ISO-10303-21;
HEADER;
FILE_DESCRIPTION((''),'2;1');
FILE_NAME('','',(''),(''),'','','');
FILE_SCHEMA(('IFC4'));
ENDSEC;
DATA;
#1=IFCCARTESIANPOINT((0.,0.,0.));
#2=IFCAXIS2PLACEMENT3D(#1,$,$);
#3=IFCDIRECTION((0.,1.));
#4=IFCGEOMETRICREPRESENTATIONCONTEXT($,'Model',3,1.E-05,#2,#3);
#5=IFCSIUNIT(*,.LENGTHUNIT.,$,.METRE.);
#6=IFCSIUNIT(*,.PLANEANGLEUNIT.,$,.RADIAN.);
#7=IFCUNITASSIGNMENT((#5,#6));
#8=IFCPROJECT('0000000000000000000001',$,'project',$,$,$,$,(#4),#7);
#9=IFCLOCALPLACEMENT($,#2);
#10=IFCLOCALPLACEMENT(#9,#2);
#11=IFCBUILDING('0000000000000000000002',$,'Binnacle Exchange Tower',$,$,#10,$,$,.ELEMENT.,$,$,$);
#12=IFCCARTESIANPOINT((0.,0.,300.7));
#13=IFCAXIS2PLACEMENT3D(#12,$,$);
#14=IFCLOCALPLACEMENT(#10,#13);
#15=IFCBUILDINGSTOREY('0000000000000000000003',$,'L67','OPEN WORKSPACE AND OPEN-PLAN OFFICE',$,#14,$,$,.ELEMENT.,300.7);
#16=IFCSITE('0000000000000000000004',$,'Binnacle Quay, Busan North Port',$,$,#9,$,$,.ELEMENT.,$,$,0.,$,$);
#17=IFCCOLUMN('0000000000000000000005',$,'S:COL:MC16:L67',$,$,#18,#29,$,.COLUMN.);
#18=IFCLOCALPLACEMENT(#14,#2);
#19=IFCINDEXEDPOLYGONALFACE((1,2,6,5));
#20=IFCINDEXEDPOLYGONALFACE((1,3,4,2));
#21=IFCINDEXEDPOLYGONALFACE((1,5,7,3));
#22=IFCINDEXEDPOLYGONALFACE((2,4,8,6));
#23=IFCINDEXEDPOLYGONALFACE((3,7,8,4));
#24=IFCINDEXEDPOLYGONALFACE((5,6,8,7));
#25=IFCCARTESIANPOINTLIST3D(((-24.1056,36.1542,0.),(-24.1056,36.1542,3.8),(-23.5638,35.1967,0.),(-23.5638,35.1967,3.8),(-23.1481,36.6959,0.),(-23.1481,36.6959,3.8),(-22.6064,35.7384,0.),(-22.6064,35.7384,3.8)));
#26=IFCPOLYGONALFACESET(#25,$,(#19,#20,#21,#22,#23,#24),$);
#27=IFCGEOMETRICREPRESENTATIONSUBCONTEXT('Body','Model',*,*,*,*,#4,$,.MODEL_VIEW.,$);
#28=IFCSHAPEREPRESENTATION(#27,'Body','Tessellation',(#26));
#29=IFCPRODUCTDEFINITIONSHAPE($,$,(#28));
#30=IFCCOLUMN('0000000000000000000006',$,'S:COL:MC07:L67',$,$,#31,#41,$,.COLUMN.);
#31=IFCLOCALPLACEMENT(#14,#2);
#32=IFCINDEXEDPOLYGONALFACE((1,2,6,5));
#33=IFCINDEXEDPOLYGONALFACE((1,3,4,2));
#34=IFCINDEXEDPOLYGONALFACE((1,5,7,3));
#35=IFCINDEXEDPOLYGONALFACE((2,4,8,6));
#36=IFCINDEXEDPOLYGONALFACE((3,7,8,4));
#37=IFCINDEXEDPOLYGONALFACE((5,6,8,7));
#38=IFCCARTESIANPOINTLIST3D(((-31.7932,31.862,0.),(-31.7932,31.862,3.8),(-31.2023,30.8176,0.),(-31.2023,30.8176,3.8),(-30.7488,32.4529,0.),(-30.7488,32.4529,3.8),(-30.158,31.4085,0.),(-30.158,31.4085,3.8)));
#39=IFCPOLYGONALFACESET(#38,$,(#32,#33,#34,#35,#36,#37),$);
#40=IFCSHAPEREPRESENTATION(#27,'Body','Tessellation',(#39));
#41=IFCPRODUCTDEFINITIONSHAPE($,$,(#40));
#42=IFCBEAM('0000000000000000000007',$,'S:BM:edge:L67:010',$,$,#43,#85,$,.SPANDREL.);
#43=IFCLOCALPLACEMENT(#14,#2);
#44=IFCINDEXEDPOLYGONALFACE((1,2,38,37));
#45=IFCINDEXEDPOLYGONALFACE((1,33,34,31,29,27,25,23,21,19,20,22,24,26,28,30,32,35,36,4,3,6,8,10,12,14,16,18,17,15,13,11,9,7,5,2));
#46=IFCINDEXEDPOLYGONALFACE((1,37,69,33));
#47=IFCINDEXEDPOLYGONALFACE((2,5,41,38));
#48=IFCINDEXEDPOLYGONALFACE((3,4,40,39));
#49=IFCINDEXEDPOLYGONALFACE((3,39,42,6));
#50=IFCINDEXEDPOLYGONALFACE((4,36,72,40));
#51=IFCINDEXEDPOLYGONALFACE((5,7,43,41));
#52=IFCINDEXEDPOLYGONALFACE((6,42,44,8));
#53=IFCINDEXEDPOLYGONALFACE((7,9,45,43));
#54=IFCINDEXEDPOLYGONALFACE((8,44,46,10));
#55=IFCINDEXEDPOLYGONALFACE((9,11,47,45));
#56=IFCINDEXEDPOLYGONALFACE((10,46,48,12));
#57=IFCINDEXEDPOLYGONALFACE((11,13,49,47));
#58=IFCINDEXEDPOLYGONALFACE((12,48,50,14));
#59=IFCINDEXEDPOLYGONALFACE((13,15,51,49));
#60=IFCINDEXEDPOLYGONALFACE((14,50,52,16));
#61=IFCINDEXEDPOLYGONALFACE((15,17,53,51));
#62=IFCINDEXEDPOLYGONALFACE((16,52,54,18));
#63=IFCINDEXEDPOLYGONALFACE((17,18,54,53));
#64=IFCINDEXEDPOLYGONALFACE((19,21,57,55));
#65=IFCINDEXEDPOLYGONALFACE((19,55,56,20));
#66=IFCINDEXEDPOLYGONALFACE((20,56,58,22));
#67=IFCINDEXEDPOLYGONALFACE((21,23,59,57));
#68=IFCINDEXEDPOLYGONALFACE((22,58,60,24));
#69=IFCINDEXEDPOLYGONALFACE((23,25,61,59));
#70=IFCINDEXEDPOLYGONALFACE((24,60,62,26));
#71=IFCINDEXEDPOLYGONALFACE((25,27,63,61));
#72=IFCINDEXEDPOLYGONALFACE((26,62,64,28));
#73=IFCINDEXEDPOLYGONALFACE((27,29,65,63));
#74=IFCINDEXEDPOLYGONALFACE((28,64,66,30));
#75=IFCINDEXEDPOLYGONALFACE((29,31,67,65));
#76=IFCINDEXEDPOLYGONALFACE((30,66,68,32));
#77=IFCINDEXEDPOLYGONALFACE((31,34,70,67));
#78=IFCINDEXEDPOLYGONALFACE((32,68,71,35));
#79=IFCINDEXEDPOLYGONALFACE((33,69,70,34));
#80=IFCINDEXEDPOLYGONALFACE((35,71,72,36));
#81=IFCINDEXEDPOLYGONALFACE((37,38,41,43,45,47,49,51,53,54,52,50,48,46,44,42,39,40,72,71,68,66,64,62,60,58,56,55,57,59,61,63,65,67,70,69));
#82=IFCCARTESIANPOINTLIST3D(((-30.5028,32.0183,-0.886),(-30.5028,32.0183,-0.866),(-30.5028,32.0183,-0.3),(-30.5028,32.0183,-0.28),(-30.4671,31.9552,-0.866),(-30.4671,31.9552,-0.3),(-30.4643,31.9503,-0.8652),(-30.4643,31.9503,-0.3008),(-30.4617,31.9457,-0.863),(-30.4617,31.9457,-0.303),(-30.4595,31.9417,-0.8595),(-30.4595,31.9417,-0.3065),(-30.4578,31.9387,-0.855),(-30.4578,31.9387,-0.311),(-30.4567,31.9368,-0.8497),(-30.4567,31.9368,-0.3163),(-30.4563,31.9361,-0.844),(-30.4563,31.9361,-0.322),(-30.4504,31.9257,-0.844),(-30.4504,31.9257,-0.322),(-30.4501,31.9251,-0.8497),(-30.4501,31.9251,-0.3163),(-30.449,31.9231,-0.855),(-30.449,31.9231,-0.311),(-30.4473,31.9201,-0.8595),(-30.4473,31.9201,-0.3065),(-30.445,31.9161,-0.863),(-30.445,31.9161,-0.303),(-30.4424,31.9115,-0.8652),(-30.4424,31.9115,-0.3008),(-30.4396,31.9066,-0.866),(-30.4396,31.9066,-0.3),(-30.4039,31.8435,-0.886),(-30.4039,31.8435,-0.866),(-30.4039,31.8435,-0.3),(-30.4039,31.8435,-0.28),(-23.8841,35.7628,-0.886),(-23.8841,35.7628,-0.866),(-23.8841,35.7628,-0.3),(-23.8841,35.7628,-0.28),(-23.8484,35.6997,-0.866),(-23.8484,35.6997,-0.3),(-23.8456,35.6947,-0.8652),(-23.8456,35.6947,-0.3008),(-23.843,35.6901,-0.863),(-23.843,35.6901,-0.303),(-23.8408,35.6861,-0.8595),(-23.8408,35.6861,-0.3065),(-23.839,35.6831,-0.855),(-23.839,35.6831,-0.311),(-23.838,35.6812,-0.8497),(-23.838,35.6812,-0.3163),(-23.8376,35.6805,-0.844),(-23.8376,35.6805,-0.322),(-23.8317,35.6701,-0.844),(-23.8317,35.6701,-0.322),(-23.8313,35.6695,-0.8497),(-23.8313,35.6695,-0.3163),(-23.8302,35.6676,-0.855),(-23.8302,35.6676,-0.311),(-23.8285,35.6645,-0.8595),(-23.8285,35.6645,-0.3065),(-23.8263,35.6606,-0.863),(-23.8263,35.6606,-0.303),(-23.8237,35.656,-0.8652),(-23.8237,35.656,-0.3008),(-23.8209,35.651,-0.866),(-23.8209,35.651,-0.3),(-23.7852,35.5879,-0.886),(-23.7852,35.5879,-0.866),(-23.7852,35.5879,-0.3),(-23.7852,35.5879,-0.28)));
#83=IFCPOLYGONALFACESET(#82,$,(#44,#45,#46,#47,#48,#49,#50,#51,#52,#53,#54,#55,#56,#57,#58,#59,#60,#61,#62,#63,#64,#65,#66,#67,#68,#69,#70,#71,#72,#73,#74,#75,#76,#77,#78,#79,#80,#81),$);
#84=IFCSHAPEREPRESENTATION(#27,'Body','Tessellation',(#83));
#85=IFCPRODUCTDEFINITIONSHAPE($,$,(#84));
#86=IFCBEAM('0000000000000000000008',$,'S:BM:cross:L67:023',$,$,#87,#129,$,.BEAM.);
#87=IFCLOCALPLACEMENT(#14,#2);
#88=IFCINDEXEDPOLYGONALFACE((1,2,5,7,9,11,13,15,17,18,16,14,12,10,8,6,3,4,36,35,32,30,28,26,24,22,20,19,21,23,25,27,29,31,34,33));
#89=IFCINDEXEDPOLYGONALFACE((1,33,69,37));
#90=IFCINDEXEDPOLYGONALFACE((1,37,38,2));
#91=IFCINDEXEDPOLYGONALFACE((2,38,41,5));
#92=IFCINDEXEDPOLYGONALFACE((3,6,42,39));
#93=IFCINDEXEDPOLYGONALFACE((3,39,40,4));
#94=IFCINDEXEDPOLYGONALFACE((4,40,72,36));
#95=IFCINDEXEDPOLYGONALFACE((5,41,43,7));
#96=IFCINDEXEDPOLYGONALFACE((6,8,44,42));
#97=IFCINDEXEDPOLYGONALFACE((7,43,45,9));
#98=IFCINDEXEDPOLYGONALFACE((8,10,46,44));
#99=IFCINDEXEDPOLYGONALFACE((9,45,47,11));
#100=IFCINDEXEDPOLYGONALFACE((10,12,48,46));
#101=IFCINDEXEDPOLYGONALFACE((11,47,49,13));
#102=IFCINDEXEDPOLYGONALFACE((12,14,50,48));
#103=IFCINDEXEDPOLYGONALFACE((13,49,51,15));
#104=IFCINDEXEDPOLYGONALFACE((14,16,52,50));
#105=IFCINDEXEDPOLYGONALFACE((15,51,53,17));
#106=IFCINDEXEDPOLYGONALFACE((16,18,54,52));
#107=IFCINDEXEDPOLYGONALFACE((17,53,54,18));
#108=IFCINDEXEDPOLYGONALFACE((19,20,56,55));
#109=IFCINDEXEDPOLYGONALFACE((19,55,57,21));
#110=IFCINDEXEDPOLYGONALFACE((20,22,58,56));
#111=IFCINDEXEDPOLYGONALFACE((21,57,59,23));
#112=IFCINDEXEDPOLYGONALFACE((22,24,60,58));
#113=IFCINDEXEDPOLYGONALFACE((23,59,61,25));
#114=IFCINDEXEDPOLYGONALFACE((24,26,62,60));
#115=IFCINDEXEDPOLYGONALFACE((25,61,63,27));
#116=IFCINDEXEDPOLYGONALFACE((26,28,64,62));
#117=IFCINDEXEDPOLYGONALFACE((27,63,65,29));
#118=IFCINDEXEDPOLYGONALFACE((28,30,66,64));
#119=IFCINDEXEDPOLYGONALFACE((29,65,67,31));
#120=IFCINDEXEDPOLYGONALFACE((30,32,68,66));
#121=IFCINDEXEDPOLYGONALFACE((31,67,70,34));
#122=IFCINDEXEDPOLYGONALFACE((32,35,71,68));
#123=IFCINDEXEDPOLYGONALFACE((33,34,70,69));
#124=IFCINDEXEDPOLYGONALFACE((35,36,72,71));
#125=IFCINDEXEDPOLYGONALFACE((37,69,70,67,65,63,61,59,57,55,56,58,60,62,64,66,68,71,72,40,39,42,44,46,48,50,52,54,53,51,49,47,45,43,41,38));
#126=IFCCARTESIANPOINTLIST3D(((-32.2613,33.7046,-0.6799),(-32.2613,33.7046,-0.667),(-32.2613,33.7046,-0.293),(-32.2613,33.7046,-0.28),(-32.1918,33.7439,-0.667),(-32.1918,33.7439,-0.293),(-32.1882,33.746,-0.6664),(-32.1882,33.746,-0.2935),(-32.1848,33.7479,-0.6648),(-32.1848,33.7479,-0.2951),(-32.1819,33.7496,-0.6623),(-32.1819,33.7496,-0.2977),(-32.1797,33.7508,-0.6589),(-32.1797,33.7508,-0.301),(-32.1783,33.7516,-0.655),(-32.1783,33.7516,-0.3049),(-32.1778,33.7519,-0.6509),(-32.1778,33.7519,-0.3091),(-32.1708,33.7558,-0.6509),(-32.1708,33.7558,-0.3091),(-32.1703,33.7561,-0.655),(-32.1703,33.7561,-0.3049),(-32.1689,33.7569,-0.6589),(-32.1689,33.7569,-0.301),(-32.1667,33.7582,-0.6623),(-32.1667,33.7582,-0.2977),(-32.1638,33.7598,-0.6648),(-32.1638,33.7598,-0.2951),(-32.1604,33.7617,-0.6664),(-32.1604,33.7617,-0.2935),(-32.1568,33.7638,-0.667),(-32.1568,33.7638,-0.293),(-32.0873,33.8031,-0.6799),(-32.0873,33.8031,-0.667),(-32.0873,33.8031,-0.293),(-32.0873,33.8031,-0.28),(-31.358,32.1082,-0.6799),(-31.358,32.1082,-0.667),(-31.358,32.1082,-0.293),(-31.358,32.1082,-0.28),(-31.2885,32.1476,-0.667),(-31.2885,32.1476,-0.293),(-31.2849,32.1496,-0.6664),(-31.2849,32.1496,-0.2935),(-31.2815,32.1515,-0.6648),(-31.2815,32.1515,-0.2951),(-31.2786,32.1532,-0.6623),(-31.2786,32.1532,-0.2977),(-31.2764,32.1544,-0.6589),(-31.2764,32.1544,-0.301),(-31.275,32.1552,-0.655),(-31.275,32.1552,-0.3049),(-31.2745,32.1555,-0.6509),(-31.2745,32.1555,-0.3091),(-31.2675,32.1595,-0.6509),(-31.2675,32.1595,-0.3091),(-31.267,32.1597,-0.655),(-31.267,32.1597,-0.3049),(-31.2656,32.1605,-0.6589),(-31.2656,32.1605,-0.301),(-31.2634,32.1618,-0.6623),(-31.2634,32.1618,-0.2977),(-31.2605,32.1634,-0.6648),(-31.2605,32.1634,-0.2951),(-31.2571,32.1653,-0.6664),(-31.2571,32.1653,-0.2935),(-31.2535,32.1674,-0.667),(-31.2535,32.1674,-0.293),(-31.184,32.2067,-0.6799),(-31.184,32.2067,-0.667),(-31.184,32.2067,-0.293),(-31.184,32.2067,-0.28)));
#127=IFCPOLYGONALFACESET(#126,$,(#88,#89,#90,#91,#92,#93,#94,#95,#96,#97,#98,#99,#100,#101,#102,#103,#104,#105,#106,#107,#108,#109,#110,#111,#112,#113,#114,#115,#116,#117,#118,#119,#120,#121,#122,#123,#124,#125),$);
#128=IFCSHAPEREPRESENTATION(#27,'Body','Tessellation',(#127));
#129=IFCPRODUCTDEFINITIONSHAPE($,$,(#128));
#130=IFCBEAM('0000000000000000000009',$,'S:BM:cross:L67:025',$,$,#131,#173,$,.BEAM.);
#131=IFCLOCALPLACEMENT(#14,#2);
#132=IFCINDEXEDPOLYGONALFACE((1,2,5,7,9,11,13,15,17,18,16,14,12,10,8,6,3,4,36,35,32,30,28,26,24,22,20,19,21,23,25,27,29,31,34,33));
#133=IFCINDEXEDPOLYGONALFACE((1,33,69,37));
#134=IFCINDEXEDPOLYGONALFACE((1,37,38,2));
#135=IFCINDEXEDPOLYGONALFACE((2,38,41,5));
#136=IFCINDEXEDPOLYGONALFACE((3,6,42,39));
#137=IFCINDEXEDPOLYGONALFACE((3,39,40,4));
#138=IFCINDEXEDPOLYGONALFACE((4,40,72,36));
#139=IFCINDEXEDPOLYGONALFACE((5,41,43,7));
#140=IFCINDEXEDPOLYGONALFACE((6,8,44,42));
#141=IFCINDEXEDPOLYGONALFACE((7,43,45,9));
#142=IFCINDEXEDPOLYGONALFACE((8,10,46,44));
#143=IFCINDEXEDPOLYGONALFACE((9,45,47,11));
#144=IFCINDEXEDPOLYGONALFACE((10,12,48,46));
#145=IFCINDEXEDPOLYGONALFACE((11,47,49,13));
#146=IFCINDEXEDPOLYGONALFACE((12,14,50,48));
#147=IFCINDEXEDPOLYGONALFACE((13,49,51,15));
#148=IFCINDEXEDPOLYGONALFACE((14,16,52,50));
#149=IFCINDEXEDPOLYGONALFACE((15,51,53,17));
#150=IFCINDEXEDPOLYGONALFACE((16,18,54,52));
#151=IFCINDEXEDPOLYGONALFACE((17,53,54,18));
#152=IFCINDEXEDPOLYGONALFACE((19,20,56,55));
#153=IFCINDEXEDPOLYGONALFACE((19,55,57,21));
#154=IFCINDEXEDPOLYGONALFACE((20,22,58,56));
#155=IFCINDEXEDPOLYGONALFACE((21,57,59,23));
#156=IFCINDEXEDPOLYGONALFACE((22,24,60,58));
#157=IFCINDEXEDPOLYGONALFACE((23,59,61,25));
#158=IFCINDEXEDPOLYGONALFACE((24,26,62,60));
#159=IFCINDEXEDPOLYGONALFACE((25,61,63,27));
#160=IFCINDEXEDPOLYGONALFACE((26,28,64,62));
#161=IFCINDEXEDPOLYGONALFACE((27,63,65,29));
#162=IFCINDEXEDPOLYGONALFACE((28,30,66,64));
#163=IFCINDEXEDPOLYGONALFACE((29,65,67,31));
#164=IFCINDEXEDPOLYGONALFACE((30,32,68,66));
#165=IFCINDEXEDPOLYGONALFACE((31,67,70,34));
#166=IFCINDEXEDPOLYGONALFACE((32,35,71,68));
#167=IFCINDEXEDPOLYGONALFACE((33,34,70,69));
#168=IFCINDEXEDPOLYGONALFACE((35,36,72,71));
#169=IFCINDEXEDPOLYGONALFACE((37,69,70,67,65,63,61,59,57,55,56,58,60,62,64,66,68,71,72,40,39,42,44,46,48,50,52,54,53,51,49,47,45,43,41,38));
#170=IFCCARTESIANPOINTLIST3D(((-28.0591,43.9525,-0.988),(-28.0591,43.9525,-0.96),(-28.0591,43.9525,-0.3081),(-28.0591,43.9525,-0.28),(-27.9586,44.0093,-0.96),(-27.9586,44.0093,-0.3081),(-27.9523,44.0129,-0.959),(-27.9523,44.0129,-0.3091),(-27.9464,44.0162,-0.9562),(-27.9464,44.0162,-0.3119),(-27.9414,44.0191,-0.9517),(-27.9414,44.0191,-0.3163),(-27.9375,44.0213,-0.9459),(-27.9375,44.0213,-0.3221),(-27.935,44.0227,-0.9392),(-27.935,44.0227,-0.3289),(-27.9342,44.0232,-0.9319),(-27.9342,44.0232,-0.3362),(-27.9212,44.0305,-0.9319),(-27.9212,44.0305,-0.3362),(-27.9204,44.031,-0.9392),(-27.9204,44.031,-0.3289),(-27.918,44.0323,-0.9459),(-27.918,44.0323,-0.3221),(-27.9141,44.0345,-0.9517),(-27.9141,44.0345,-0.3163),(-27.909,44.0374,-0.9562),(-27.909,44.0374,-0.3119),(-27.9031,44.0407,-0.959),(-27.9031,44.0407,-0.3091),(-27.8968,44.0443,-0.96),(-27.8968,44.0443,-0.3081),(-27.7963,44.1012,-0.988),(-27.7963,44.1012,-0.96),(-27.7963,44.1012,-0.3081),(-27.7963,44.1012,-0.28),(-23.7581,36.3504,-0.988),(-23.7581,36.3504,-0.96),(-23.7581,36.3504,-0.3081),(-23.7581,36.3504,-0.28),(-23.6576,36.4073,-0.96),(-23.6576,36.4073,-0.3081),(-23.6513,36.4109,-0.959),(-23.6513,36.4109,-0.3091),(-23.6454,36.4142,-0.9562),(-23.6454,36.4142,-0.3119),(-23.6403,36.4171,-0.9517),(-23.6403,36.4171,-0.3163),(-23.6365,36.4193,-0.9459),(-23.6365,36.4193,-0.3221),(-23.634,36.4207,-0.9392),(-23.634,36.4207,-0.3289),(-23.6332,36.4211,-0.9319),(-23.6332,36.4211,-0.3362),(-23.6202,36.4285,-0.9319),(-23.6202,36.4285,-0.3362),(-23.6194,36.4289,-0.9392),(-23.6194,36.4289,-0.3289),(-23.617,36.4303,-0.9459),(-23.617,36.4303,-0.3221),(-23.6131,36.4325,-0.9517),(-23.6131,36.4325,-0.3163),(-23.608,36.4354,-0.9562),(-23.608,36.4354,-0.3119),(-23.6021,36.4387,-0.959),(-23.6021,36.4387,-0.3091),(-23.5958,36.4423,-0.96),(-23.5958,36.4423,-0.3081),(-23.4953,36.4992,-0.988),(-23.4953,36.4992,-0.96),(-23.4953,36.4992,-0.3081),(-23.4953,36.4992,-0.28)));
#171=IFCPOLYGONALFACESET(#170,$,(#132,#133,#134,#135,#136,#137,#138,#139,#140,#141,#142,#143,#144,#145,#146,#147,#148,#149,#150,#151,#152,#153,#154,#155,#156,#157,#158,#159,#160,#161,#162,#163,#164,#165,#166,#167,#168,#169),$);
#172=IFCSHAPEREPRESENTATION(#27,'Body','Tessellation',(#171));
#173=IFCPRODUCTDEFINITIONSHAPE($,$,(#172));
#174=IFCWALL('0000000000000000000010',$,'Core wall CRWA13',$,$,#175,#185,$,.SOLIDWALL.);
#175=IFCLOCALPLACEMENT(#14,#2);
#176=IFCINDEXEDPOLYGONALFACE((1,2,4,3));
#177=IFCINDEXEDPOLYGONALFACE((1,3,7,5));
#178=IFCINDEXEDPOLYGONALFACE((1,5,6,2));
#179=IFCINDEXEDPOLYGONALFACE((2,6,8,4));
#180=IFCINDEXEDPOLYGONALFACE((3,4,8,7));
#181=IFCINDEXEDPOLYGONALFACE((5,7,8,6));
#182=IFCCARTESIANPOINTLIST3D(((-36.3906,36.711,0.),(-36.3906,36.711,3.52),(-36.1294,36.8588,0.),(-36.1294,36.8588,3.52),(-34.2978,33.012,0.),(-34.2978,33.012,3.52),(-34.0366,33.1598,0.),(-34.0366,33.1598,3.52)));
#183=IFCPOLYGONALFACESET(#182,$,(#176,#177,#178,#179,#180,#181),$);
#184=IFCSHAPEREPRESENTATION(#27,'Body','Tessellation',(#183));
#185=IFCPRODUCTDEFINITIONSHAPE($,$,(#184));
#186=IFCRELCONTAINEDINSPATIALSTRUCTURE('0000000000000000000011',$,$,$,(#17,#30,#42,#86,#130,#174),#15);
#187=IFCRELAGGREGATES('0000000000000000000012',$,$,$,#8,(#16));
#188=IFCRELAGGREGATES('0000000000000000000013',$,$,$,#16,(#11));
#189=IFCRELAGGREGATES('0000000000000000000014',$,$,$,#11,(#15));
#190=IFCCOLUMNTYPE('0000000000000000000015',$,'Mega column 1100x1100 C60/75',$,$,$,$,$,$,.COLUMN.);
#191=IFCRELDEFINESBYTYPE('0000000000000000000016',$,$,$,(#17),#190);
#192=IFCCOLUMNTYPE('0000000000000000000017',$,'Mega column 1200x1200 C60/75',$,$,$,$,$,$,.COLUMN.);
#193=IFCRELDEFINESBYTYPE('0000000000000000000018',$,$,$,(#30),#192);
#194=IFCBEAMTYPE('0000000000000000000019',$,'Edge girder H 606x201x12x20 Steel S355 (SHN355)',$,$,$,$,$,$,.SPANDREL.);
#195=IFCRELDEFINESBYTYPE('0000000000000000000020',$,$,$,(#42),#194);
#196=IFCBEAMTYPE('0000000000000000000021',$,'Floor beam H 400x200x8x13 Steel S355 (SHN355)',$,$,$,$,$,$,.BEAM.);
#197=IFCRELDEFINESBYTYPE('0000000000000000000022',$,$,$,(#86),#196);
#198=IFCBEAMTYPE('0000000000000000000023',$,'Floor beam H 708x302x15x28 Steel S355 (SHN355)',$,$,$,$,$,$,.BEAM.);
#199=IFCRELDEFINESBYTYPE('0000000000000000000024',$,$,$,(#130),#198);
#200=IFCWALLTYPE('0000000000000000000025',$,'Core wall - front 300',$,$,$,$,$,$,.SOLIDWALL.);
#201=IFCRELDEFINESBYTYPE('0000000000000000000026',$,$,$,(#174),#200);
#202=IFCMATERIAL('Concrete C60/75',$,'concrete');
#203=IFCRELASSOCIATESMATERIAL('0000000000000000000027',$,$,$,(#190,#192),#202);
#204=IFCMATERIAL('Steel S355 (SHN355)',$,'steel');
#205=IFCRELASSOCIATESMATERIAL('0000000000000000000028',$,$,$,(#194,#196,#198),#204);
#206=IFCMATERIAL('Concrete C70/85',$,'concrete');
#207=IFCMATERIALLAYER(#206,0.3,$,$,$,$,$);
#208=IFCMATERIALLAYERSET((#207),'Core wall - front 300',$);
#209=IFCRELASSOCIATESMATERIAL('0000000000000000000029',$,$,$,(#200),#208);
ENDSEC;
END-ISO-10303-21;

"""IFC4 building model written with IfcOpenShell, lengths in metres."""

from ifc_helpers import new_model, si_unit, direction, frame, frame_2d, origin, origin_2d, place, context, subcontext, project, spatial, rectangle, i_section, extrude, material, layer, layer_set, material_profile, profile_set, type_object, element, save


model = new_model("IFC4")

# Units and contexts
model_context = context("Model", 3, precision=1e-05, world=origin(), true_north=direction((0.0, 1.0)))
body_context = subcontext(model_context, "Body", "Model", "MODEL_VIEW")
ifc_project = project(units=[si_unit("LENGTHUNIT", "METRE"), si_unit("PLANEANGLEUNIT", "RADIAN")], contexts=[model_context])

# Site, building, storey
site_placement = place(None, origin())
site = spatial("IfcSite", under=ifc_project, at=site_placement, Name="Binnacle Quay, Busan North Port", CompositionType="ELEMENT", RefElevation=0.0)
building_placement = place(site_placement, origin())
building = spatial("IfcBuilding", under=site, at=building_placement, Name="Binnacle Exchange Tower", CompositionType="ELEMENT")
storey_placement = place(building_placement, frame((0.0, 0.0, 300.7)))
storey = spatial("IfcBuildingStorey", under=building, at=storey_placement, Name="L67", Description="OPEN WORKSPACE AND OPEN-PLAN OFFICE", CompositionType="ELEMENT", Elevation=300.7)

# Columns
ifc_material_1 = material(Name="Concrete C60/75", Category="concrete")
ifc_material_profile_1 = material_profile(ifc_material_1, rectangle(XDim=1.1001, YDim=1.1001, at=origin_2d()), Name="Mega column 1100x1100 C60/75")
ifc_profile_set_1 = profile_set([ifc_material_profile_1], Name="Concrete C60/75")
column_type_1 = type_object("IfcColumnType", Name="Mega column 1100x1100 C60/75", PredefinedType="COLUMN", material=ifc_profile_set_1)
column_1_placement = place(storey_placement, frame((-23.356, 35.9463, 0.0), z_axis=(0.0, 0.0, 1.0), x_axis=(0.870356, 0.492424, 0.0)))
element("IfcColumn", 1, at=column_1_placement, inside=storey, type_object=column_type_1, Name="S:COL:MC16:L67", PredefinedType="COLUMN", context=body_context, shape_type="SweptSolid", body=[
    extrude(rectangle(XDim=1.1001, YDim=1.1001, at=origin_2d()), origin(), (0.0, 0.0, 1.0), 3.8),
])
ifc_material_profile_2 = material_profile(ifc_material_1, rectangle(XDim=1.2, YDim=1.2, at=origin_2d()), Name="Mega column 1200x1200 C60/75")
ifc_profile_set_2 = profile_set([ifc_material_profile_2], Name="Concrete C60/75")
column_type_2 = type_object("IfcColumnType", Name="Mega column 1200x1200 C60/75", PredefinedType="COLUMN", material=ifc_profile_set_2)
column_2_placement = place(storey_placement, frame((-30.9756, 31.6353, 0.0), z_axis=(0.0, 0.0, 1.0), x_axis=(0.870356, 0.492424, 0.0)))
element("IfcColumn", 2, at=column_2_placement, inside=storey, type_object=column_type_2, Name="S:COL:MC07:L67", PredefinedType="COLUMN", context=body_context, shape_type="SweptSolid", body=[
    extrude(rectangle(XDim=1.2, YDim=1.2, at=origin_2d()), origin(), (0.0, 0.0, 1.0), 3.8),
])

# Beams
ifc_material_2 = material(Name="Steel S355 (SHN355)", Category="steel")
ifc_material_profile_3 = material_profile(ifc_material_2, i_section(OverallWidth=0.2009, OverallDepth=0.606, WebThickness=0.012, FlangeThickness=0.02, FilletRadius=0.022, at=origin_2d()), Name="H 606x201x12x20")
ifc_profile_set_3 = profile_set([ifc_material_profile_3], Name="Steel S355 (SHN355)")
beam_type_1 = type_object("IfcBeamType", Name="Edge girder H 606x201x12x20 Steel S355 (SHN355)", PredefinedType="SPANDREL", material=ifc_profile_set_3)
beam_1_placement = place(storey_placement, frame((-30.4534, 31.9309, -0.583), z_axis=(0.870371, 0.492397, 0.0), x_axis=(-0.492397, 0.870371, 0.0)))
element("IfcBeam", 3, at=beam_1_placement, inside=storey, type_object=beam_type_1, Name="S:BM:edge:L67:010", PredefinedType="SPANDREL", context=body_context, shape_type="SweptSolid", body=[
    extrude(i_section(OverallWidth=0.2009, OverallDepth=0.606, WebThickness=0.012, FlangeThickness=0.02, FilletRadius=0.022, at=origin_2d()), origin(), (0.0, 0.0, 1.0), 7.6045),
])
ifc_material_profile_4 = material_profile(ifc_material_2, i_section(OverallWidth=0.2, OverallDepth=0.3999, WebThickness=0.0081, FlangeThickness=0.0129, FilletRadius=0.0161, at=origin_2d()), Name="H 400x200x8x13")
ifc_profile_set_4 = profile_set([ifc_material_profile_4], Name="Steel S355 (SHN355)")
beam_type_2 = type_object("IfcBeamType", Name="Floor beam H 400x200x8x13 Steel S355 (SHN355)", PredefinedType="BEAM", material=ifc_profile_set_4)
beam_2_placement = place(storey_placement, frame((-31.271, 32.1575, -0.48), z_axis=(-0.492465, 0.870332, 0.0), x_axis=(-0.870332, -0.492465, 0.0)))
element("IfcBeam", 4, at=beam_2_placement, inside=storey, type_object=beam_type_2, Name="S:BM:cross:L67:023", PredefinedType="BEAM", context=body_context, shape_type="SweptSolid", body=[
    extrude(i_section(OverallWidth=0.2, OverallDepth=0.3999, WebThickness=0.0081, FlangeThickness=0.0129, FilletRadius=0.0161, at=origin_2d()), origin(), (0.0, 0.0, 1.0), 1.8342),
])
ifc_material_profile_5 = material_profile(ifc_material_2, i_section(OverallWidth=0.302, OverallDepth=0.708, WebThickness=0.0149, FlangeThickness=0.0281, FilletRadius=0.0281, at=origin_2d()), Name="H 708x302x15x28")
ifc_profile_set_5 = profile_set([ifc_material_profile_5], Name="Steel S355 (SHN355)")
beam_type_3 = type_object("IfcBeamType", Name="Floor beam H 708x302x15x28 Steel S355 (SHN355)", PredefinedType="BEAM", material=ifc_profile_set_5)
beam_3_placement = place(storey_placement, frame((-23.6267, 36.4248, -0.634), z_axis=(-0.492423, 0.870356, 0.0), x_axis=(-0.870356, -0.492423, 0.0)))
element("IfcBeam", 5, at=beam_3_placement, inside=storey, type_object=beam_type_3, Name="S:BM:cross:L67:025", PredefinedType="BEAM", context=body_context, shape_type="SweptSolid", body=[
    extrude(i_section(OverallWidth=0.302, OverallDepth=0.708, WebThickness=0.0149, FlangeThickness=0.0281, FilletRadius=0.0281, at=origin_2d()), origin(), (0.0, 0.0, 1.0), 8.7344),
])

# Wall
ifc_material_3 = material(Name="Concrete C70/85", Category="concrete")
ifc_layer_1 = layer(ifc_material_3, 0.3)
ifc_layer_set_1 = layer_set([ifc_layer_1], Name="Core wall - front 300")
wall_type_1 = type_object("IfcWallType", Name="Core wall - front 300", PredefinedType="SOLIDWALL", material=ifc_layer_set_1)
wall_1_placement = place(storey_placement, frame((-36.26, 36.7849, 0.0), z_axis=(0.0, 0.0, 1.0), x_axis=(0.492423, -0.870356, 0.0)))
element("IfcWall", 6, at=wall_1_placement, inside=storey, type_object=wall_type_1, Name="Core wall CRWA13", PredefinedType="SOLIDWALL", context=body_context, shape_type="SweptSolid", body=[
    extrude(rectangle(XDim=4.25, YDim=0.3, at=frame_2d((2.125, 0.0))), origin(), (0.0, 0.0, 1.0), 3.52),
])

save(model, "model.ifc")
